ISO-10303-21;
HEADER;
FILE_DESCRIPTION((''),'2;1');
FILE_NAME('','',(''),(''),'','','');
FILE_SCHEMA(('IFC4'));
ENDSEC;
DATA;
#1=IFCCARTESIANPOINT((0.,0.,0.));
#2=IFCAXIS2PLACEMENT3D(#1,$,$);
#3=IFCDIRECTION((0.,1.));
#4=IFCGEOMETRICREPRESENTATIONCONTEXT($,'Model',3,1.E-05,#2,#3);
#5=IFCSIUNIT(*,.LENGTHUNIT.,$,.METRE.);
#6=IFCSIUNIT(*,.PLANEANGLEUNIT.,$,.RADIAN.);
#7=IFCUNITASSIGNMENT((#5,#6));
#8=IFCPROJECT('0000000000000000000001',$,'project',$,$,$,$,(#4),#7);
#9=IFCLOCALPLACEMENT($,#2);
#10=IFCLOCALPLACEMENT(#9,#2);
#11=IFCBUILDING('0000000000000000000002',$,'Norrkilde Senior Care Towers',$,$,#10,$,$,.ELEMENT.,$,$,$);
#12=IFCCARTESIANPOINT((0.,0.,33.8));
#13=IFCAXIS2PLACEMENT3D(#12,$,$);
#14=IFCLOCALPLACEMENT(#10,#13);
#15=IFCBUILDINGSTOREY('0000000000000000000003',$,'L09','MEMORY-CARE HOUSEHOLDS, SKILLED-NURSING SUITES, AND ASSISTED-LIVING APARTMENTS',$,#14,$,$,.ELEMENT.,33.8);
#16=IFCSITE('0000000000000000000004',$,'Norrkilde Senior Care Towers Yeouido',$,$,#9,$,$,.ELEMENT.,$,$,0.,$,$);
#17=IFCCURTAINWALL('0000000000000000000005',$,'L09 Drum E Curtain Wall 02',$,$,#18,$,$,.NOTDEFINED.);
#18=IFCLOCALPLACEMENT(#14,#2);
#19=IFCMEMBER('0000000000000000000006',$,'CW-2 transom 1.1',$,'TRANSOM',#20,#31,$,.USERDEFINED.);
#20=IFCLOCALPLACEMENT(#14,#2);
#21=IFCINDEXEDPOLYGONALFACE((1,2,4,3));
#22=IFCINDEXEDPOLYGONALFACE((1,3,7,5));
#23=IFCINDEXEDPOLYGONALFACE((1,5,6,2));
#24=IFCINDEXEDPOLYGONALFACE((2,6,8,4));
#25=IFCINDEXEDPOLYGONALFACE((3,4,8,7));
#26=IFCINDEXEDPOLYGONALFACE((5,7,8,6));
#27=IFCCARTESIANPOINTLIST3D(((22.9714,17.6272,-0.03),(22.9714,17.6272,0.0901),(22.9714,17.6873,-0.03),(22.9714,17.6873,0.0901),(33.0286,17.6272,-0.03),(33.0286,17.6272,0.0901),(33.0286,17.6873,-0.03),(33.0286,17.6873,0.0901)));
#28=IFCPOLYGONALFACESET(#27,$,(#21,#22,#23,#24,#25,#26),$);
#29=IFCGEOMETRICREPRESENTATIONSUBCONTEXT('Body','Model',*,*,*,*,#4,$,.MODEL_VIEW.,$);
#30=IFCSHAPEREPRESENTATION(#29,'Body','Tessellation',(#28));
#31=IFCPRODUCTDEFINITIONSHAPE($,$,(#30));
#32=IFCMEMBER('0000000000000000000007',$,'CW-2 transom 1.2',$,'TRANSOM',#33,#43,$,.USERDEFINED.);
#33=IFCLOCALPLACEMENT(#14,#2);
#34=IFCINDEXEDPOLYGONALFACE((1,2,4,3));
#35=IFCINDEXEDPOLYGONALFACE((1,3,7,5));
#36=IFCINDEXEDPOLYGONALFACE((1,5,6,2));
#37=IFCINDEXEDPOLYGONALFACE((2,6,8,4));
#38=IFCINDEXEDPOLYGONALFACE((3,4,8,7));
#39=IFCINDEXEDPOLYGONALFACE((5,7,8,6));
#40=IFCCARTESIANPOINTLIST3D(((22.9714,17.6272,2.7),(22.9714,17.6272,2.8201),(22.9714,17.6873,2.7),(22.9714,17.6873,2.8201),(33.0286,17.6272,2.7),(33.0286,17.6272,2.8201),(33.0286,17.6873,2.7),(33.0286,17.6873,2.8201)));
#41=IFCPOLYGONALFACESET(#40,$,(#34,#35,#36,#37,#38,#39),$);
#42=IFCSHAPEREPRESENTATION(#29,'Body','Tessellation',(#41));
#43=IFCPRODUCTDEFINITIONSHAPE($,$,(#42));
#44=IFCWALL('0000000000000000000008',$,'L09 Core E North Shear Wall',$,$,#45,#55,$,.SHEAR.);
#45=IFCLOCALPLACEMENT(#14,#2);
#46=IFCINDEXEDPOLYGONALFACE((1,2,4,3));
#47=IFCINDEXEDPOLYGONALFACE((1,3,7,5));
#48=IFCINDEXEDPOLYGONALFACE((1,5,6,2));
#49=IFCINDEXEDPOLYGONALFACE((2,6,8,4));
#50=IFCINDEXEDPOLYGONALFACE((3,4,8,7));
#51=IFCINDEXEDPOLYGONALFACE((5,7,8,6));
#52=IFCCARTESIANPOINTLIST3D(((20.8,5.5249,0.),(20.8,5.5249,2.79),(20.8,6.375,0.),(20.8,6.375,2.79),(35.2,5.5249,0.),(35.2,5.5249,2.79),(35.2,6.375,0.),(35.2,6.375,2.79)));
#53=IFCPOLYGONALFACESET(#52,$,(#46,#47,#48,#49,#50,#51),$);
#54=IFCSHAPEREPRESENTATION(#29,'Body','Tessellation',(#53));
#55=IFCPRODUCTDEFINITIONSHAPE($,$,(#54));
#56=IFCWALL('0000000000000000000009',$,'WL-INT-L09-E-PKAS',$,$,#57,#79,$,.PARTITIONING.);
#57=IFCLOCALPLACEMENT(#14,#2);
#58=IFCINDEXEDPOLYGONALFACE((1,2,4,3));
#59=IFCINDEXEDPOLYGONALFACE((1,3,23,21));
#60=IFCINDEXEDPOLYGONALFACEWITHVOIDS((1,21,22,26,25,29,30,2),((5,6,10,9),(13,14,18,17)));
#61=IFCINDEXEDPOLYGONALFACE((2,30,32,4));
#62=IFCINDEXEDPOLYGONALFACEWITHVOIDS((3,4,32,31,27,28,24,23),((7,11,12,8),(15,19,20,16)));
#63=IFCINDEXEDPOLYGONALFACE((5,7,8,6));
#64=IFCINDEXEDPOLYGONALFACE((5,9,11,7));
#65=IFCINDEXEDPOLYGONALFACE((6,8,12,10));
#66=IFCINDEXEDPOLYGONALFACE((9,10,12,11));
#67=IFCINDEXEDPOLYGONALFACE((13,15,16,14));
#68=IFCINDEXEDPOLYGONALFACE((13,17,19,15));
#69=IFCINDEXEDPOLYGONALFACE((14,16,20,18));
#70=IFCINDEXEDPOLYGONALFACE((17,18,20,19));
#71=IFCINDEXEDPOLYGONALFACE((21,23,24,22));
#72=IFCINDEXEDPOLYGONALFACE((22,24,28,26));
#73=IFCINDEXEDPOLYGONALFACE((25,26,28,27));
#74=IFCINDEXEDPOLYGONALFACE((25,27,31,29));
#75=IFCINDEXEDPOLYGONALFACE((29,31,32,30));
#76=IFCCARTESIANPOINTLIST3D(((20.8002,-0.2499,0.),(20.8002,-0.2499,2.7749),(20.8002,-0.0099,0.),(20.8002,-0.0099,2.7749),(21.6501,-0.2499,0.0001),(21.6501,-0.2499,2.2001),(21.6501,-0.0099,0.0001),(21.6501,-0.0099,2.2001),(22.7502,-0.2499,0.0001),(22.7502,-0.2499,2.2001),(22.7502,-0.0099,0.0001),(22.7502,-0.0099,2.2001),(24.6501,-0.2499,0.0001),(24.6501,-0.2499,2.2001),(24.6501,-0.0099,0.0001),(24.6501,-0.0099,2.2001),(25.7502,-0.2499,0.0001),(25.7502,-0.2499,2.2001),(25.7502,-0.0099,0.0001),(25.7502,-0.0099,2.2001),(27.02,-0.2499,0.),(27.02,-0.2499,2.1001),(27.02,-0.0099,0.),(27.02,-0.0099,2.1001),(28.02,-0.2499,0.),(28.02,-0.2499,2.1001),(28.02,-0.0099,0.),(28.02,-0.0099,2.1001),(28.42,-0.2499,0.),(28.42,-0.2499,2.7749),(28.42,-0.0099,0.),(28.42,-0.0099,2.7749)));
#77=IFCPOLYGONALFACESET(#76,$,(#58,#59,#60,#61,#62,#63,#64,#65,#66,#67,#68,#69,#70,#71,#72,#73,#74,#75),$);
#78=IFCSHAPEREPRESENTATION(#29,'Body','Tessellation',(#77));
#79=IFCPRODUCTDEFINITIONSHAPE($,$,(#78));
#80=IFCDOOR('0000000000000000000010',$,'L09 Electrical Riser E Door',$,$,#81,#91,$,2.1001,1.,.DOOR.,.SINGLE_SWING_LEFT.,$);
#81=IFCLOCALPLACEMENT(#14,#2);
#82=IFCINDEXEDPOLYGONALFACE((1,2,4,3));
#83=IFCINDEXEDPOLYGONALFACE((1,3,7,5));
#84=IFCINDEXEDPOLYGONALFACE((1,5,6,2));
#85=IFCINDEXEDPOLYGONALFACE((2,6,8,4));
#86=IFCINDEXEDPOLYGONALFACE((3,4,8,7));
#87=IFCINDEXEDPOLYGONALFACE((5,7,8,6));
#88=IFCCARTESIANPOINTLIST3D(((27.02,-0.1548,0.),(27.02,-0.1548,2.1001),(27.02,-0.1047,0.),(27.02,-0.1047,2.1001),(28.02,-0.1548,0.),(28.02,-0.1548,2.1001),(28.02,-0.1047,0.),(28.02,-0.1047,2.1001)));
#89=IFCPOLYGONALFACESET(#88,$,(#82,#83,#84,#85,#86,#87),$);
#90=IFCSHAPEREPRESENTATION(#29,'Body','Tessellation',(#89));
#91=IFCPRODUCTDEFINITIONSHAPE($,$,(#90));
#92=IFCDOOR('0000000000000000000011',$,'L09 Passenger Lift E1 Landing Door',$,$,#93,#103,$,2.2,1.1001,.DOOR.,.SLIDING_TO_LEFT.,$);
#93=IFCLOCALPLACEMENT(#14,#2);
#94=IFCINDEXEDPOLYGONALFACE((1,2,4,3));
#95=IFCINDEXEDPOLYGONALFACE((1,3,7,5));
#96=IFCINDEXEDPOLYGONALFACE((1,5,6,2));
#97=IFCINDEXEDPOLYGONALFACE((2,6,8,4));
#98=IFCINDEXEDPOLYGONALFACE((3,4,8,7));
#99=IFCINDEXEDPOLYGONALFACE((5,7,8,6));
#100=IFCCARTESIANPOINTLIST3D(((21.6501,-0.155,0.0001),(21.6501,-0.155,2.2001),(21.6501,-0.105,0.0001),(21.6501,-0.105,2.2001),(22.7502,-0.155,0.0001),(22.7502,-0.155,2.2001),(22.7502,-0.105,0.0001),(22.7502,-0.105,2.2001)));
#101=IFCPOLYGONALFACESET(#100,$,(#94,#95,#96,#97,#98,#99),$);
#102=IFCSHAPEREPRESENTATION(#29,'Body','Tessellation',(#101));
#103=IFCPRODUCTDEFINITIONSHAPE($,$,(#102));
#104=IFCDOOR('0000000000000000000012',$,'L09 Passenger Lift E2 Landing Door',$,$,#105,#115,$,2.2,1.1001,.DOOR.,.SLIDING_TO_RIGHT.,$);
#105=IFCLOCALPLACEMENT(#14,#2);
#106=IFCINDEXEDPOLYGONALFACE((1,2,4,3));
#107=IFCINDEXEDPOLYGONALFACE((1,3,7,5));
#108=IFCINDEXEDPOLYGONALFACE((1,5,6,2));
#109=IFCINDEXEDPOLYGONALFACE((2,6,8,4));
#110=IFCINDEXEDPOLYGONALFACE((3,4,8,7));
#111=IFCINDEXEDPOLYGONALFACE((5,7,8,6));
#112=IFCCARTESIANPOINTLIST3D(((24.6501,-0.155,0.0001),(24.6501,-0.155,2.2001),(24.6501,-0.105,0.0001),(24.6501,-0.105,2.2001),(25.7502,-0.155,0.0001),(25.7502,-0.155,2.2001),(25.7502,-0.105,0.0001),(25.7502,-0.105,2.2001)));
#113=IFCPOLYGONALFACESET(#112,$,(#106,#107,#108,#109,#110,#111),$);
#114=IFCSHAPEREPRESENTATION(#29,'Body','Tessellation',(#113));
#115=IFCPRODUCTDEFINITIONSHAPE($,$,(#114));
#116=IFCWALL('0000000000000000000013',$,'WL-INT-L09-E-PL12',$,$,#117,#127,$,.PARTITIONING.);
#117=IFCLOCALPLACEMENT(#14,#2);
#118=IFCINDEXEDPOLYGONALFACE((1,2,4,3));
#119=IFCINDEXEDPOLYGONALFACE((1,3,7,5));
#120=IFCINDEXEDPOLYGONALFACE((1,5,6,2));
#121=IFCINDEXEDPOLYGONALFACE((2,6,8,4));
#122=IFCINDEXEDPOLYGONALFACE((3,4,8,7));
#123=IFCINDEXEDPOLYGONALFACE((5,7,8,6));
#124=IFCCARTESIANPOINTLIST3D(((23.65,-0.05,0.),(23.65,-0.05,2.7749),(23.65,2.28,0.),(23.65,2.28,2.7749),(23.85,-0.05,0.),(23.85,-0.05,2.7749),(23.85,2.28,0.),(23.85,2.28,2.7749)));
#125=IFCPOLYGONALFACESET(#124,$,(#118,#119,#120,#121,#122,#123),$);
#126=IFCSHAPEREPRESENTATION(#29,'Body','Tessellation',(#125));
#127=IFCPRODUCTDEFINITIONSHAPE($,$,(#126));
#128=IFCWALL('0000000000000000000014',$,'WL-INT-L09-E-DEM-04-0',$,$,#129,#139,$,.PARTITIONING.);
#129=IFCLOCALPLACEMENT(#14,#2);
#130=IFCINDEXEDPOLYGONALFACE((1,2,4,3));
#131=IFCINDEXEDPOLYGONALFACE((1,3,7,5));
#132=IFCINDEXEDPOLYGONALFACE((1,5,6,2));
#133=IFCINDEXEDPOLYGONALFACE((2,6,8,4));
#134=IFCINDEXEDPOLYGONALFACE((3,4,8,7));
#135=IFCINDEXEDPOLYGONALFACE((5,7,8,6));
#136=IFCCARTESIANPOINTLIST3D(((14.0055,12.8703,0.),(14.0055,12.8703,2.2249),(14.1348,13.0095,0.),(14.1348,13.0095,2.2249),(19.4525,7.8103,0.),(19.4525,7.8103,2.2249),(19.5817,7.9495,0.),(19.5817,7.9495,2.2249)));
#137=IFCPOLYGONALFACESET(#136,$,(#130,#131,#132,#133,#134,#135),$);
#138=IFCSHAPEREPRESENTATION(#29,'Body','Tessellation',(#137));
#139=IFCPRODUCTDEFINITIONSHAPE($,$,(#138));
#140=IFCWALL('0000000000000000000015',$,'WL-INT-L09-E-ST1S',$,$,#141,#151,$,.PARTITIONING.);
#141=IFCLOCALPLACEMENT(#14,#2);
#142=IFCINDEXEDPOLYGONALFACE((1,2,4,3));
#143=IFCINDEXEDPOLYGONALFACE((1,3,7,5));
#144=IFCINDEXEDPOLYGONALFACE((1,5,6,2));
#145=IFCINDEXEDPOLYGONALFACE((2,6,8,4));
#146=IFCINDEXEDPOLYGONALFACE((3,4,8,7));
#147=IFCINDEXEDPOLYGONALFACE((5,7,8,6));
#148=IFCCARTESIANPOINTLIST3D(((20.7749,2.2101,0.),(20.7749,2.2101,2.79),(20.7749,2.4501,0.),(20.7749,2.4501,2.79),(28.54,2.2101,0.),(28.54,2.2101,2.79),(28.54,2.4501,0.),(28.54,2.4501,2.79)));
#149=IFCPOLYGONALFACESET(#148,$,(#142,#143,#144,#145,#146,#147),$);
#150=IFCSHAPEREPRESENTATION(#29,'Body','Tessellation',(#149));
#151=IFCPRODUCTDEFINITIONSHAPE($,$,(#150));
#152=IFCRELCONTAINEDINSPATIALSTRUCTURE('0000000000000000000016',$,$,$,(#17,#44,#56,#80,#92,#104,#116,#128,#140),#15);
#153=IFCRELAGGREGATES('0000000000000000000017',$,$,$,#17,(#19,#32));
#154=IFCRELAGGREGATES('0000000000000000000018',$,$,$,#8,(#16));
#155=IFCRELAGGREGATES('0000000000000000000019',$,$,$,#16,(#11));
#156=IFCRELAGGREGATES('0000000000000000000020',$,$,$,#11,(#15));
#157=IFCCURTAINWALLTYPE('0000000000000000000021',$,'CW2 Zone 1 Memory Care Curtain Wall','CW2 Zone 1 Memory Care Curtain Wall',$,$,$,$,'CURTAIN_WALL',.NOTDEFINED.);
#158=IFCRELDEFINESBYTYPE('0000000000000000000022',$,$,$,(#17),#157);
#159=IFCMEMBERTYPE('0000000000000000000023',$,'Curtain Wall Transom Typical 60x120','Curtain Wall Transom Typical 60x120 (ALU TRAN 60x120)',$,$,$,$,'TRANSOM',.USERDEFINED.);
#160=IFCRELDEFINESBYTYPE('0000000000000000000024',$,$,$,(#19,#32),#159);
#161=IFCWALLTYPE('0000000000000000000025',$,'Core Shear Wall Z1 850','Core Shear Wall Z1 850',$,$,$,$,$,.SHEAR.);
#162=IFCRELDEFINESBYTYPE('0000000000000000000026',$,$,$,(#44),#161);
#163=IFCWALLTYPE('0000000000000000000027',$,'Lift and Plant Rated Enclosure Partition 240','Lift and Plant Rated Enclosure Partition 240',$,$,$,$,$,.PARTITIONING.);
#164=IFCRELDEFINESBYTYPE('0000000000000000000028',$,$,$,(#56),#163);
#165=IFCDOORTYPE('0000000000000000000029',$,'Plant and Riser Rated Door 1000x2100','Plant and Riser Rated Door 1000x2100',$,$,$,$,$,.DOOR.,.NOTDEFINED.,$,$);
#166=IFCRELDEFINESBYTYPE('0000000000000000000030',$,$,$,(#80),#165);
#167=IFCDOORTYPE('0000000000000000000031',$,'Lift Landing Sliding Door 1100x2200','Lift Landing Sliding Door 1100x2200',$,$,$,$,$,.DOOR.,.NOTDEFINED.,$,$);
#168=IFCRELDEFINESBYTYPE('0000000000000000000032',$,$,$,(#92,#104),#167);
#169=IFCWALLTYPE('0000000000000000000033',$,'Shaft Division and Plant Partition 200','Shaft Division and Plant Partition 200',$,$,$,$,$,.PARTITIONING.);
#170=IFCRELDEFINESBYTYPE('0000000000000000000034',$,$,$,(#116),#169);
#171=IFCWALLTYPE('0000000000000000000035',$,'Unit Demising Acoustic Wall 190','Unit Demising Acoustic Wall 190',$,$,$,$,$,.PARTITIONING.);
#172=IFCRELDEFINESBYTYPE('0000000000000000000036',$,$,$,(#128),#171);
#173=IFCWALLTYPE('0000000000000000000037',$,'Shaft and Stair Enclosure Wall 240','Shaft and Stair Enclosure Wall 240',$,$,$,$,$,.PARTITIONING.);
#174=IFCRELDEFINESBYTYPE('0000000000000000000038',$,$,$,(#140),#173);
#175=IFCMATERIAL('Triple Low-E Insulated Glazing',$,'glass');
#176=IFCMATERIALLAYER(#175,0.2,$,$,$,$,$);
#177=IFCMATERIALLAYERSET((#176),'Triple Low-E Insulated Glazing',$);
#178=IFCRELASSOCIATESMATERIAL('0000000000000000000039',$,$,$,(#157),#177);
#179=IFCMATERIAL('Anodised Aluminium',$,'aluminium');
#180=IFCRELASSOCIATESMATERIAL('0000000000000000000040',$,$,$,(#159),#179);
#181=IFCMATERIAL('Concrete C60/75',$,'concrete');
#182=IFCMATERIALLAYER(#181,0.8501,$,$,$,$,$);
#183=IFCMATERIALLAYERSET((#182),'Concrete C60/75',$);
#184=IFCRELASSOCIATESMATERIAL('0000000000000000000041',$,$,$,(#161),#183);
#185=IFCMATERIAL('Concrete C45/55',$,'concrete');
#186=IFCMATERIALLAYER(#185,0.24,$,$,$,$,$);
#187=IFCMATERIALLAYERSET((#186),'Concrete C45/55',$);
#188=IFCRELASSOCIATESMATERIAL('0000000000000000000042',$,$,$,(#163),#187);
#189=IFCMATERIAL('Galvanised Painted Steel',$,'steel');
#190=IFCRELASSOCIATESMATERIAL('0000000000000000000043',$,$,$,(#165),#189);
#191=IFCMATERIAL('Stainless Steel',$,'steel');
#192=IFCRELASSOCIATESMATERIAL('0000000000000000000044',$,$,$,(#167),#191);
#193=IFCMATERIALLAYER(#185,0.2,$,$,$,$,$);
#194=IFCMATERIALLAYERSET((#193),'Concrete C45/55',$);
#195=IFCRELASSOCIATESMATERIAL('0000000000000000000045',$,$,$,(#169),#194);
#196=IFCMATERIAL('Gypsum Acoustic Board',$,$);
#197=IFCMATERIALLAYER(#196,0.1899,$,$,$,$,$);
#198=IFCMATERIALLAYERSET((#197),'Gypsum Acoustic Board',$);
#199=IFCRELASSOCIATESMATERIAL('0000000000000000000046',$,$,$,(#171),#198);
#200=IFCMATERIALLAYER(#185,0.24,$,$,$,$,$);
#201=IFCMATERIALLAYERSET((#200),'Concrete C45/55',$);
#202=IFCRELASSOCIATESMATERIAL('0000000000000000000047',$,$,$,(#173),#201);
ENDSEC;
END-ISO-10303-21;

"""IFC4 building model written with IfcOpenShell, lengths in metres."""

from ifc_helpers import new_model, si_unit, direction, frame, frame_2d, origin, origin_2d, place, context, subcontext, project, spatial, rectangle, extrude, source, transform, mapped, material, layer, layer_set, material_profile, profile_set, type_object, type_shapes, element, fill, aggregate, save


model = new_model("IFC4")

# Units and contexts
model_context = context("Model", 3, precision=1e-05, world=origin(), true_north=direction((0.0, 1.0)))
body_context = subcontext(model_context, "Body", "Model", "MODEL_VIEW")
ifc_project = project(units=[si_unit("LENGTHUNIT", "METRE"), si_unit("PLANEANGLEUNIT", "RADIAN")], contexts=[model_context])

# Site, building, storey
site_placement = place(None, origin())
site = spatial("IfcSite", under=ifc_project, at=site_placement, Name="Norrkilde Senior Care Towers Yeouido", CompositionType="ELEMENT", RefElevation=0.0)
building_placement = place(site_placement, origin())
building = spatial("IfcBuilding", under=site, at=building_placement, Name="Norrkilde Senior Care Towers", CompositionType="ELEMENT")
storey_placement = place(building_placement, frame((0.0, 0.0, 33.8)))
storey = spatial("IfcBuildingStorey", under=building, at=storey_placement, Name="L09", Description="MEMORY-CARE HOUSEHOLDS, SKILLED-NURSING SUITES, AND ASSISTED-LIVING APARTMENTS", CompositionType="ELEMENT", Elevation=33.8)

# Shared definitions
ifc_material_1 = material(Name="Concrete C60/75", Category="concrete")

# Curtain wall
ifc_material_2 = material(Name="Triple Low-E Insulated Glazing", Category="glass")
ifc_layer_1 = layer(ifc_material_2, 0.2)
ifc_layer_set_1 = layer_set([ifc_layer_1], Name="Triple Low-E Insulated Glazing")
curtain_wall_type = type_object("IfcCurtainWallType", Name="CW2 Zone 1 Memory Care Curtain Wall", Description="CW2 Zone 1 Memory Care Curtain Wall", ElementType="CURTAIN_WALL", PredefinedType="NOTDEFINED", material=ifc_layer_set_1)
curtain_wall_1_placement = place(storey_placement, origin())
curtain_wall_1 = element("IfcCurtainWall", 1, at=curtain_wall_1_placement, inside=storey, type_object=curtain_wall_type, Name="L09 Drum E Curtain Wall 02", PredefinedType="NOTDEFINED")
ifc_material_3 = material(Name="Anodised Aluminium", Category="aluminium")

# Members
ifc_material_profile_1 = material_profile(ifc_material_3, rectangle(XDim=0.0601, YDim=0.1201, at=origin_2d()), Name="ALU TRAN 60x120")
ifc_profile_set_1 = profile_set([ifc_material_profile_1], Name="Anodised Aluminium")
member_type_1 = type_object("IfcMemberType", Name="Curtain Wall Transom Typical 60x120", Description="Curtain Wall Transom Typical 60x120 (ALU TRAN 60x120)", ElementType="TRANSOM", PredefinedType="USERDEFINED", material=ifc_profile_set_1)
shared_shape_1 = source(origin(), body_context, "Body", "SweptSolid", [
    extrude(rectangle(XDim=0.0601, YDim=0.1201, at=origin_2d()), origin(), (0.0, 0.0, 1.0), 10.0571),
])
type_shapes(member_type_1, [shared_shape_1])
member_1_placement = place(storey_placement, frame((22.9714, 17.6572, 0.03), z_axis=(1.0, 0.0, 0.0), x_axis=(0.0, 1.0, 0.0)))
member_1 = element("IfcMember", 2, at=member_1_placement, type_object=member_type_1, Name="CW-2 transom 1.1", ObjectType="TRANSOM", PredefinedType="USERDEFINED", context=body_context, shape_type="MappedRepresentation", body=[
    mapped(shared_shape_1, transform((0.0, 0.0, 0.0), x_axis=(1.0, 0.0, 0.0), y_axis=(0.0, 1.0, 0.0), z_axis=(0.0, 0.0, 1.0), scale=1.0)),
])
member_2_placement = place(storey_placement, frame((22.9714, 17.6572, 2.76), z_axis=(1.0, 0.0, 0.0), x_axis=(0.0, 1.0, 0.0)))
member_2 = element("IfcMember", 3, at=member_2_placement, type_object=member_type_1, Name="CW-2 transom 1.2", ObjectType="TRANSOM", PredefinedType="USERDEFINED", context=body_context, shape_type="MappedRepresentation", body=[
    mapped(shared_shape_1, transform((0.0, 0.0, 0.0), x_axis=(1.0, 0.0, 0.0), y_axis=(0.0, 1.0, 0.0), z_axis=(0.0, 0.0, 1.0), scale=1.0)),
])
aggregate(curtain_wall_1, [member_1, member_2])

# Wall
ifc_layer_2 = layer(ifc_material_1, 0.8501)
ifc_layer_set_2 = layer_set([ifc_layer_2], Name="Concrete C60/75")
wall_type_1 = type_object("IfcWallType", Name="Core Shear Wall Z1 850", Description="Core Shear Wall Z1 850", PredefinedType="SHEAR", material=ifc_layer_set_2)
shared_shape_2 = source(origin(), body_context, "Body", "SweptSolid", [
    extrude(rectangle(XDim=14.3999, YDim=0.8501, at=frame_2d((7.2, 0.0))), origin(), (0.0, 0.0, 1.0), 2.79),
])
type_shapes(wall_type_1, [shared_shape_2])
wall_1_placement = place(storey_placement, frame((20.8, 5.95, 0.0), z_axis=(0.0, 0.0, 1.0), x_axis=(1.0, 0.0, 0.0)))
element("IfcWall", 4, at=wall_1_placement, inside=storey, type_object=wall_type_1, Name="L09 Core E North Shear Wall", PredefinedType="SHEAR", context=body_context, shape_type="MappedRepresentation", body=[
    mapped(shared_shape_2, transform((0.0, 0.0, 0.0), x_axis=(1.0, 0.0, 0.0), y_axis=(0.0, 1.0, 0.0), z_axis=(0.0, 0.0, 1.0), scale=1.0)),
])

# Wall, openings, doors
ifc_material_4 = material(Name="Concrete C45/55", Category="concrete")
ifc_layer_3 = layer(ifc_material_4, 0.24)
ifc_layer_set_3 = layer_set([ifc_layer_3], Name="Concrete C45/55")
wall_type_2 = type_object("IfcWallType", Name="Lift and Plant Rated Enclosure Partition 240", Description="Lift and Plant Rated Enclosure Partition 240", PredefinedType="PARTITIONING", material=ifc_layer_set_3)
shared_shape_3 = source(origin(), body_context, "Body", "SweptSolid", [
    extrude(rectangle(XDim=7.6199, YDim=0.24, at=frame_2d((3.8101, 0.0))), origin(), (0.0, 0.0, 1.0), 2.7749),
])
type_shapes(wall_type_2, [shared_shape_3])
wall_2_placement = place(storey_placement, frame((20.8, -0.1299, 0.0), z_axis=(0.0, 0.0, 1.0), x_axis=(1.0, 0.0, 0.0)))
wall_2 = element("IfcWall", 5, at=wall_2_placement, inside=storey, type_object=wall_type_2, Name="WL-INT-L09-E-PKAS", PredefinedType="PARTITIONING", context=body_context, shape_type="MappedRepresentation", body=[
    mapped(shared_shape_3, transform((0.0, 0.0, 0.0), x_axis=(1.0, 0.0, 0.0), y_axis=(0.0, 1.0, 0.0), z_axis=(0.0, 0.0, 1.0), scale=1.0)),
])
opening_1_placement = place(wall_2_placement, frame((6.22, 0.0, 0.0)))
opening_1 = element("IfcOpeningElement", 6, at=opening_1_placement, cuts=wall_2, PredefinedType="OPENING", context=body_context, shape_type="SweptSolid", body=[
    extrude(rectangle(XDim=1.0, YDim=2.1001, at=frame_2d((0.5, 1.05))), frame((0.0, 0.1299, 0.0), z_axis=(0.0, -1.0, 0.0), x_axis=(1.0, 0.0, 0.0)), (0.0, 0.0, 1.0), 0.26),
])
opening_2_placement = place(wall_2_placement, frame((0.8501, 0.0, 0.0)))
opening_2 = element("IfcOpeningElement", 7, at=opening_2_placement, cuts=wall_2, PredefinedType="OPENING", context=body_context, shape_type="SweptSolid", body=[
    extrude(rectangle(XDim=1.1001, YDim=2.2, at=frame_2d((0.55, 1.1001))), frame((0.0, 0.1299, 0.0), z_axis=(0.0, -1.0, 0.0), x_axis=(1.0, 0.0, 0.0)), (0.0, 0.0, 1.0), 0.26),
])
opening_3_placement = place(wall_2_placement, frame((3.8501, 0.0, 0.0)))
opening_3 = element("IfcOpeningElement", 8, at=opening_3_placement, cuts=wall_2, PredefinedType="OPENING", context=body_context, shape_type="SweptSolid", body=[
    extrude(rectangle(XDim=1.1001, YDim=2.2, at=frame_2d((0.55, 1.1001))), frame((0.0, 0.1299, 0.0), z_axis=(0.0, -1.0, 0.0), x_axis=(1.0, 0.0, 0.0)), (0.0, 0.0, 1.0), 0.26),
])
ifc_material_5 = material(Name="Galvanised Painted Steel", Category="steel")
door_type_1 = type_object("IfcDoorType", Name="Plant and Riser Rated Door 1000x2100", Description="Plant and Riser Rated Door 1000x2100", OperationType="NOTDEFINED", PredefinedType="DOOR", material=ifc_material_5)
shared_shape_4 = source(origin(), body_context, "Body", "SweptSolid", [
    extrude(rectangle(XDim=1.0, YDim=2.1001, at=frame_2d((0.5, 1.05))), frame((0.0, 0.0249, 0.0), z_axis=(0.0, -1.0, 0.0), x_axis=(1.0, 0.0, 0.0)), (0.0, 0.0, 1.0), 0.05),
])
type_shapes(door_type_1, [shared_shape_4])
door_1_placement = place(opening_1_placement, frame((1.0, 0.0, 0.0), z_axis=(0.0, 0.0, 1.0), x_axis=(-1.0, 0.0, 0.0)))
door_1 = element("IfcDoor", 9, at=door_1_placement, inside=storey, type_object=door_type_1, Name="L09 Electrical Riser E Door", OperationType="SINGLE_SWING_LEFT", OverallHeight=2.1001, OverallWidth=1.0, PredefinedType="DOOR", context=body_context, shape_type="MappedRepresentation", body=[
    mapped(shared_shape_4, transform((0.0, 0.0, 0.0), x_axis=(1.0, 0.0, 0.0), y_axis=(0.0, 1.0, 0.0), z_axis=(0.0, 0.0, 1.0), scale=1.0)),
])
fill(opening_1, door_1)
ifc_material_6 = material(Name="Stainless Steel", Category="steel")
door_type_2 = type_object("IfcDoorType", Name="Lift Landing Sliding Door 1100x2200", Description="Lift Landing Sliding Door 1100x2200", OperationType="NOTDEFINED", PredefinedType="DOOR", material=ifc_material_6)
shared_shape_5 = source(origin(), body_context, "Body", "SweptSolid", [
    extrude(rectangle(XDim=1.1001, YDim=2.2, at=frame_2d((0.55, 1.1001))), frame((0.0, 0.0249, 0.0), z_axis=(0.0, -1.0, 0.0), x_axis=(1.0, 0.0, 0.0)), (0.0, 0.0, 1.0), 0.05),
])
type_shapes(door_type_2, [shared_shape_5])
door_2_placement = place(opening_2_placement, origin())
door_2 = element("IfcDoor", 10, at=door_2_placement, inside=storey, type_object=door_type_2, Name="L09 Passenger Lift E1 Landing Door", OperationType="SLIDING_TO_LEFT", OverallHeight=2.2, OverallWidth=1.1001, PredefinedType="DOOR", context=body_context, shape_type="MappedRepresentation", body=[
    mapped(shared_shape_5, transform((0.0, 0.0, 0.0), x_axis=(1.0, 0.0, 0.0), y_axis=(0.0, 1.0, 0.0), z_axis=(0.0, 0.0, 1.0), scale=1.0)),
])
fill(opening_2, door_2)
door_3_placement = place(opening_3_placement, origin())
door_3 = element("IfcDoor", 11, at=door_3_placement, inside=storey, type_object=door_type_2, Name="L09 Passenger Lift E2 Landing Door", OperationType="SLIDING_TO_RIGHT", OverallHeight=2.2, OverallWidth=1.1001, PredefinedType="DOOR", context=body_context, shape_type="MappedRepresentation", body=[
    mapped(shared_shape_5, transform((0.0, 0.0, 0.0), x_axis=(1.0, 0.0, 0.0), y_axis=(0.0, 1.0, 0.0), z_axis=(0.0, 0.0, 1.0), scale=1.0)),
])
fill(opening_3, door_3)

# Walls
ifc_layer_4 = layer(ifc_material_4, 0.2)
ifc_layer_set_4 = layer_set([ifc_layer_4], Name="Concrete C45/55")
wall_type_3 = type_object("IfcWallType", Name="Shaft Division and Plant Partition 200", Description="Shaft Division and Plant Partition 200", PredefinedType="PARTITIONING", material=ifc_layer_set_4)
shared_shape_6 = source(origin(), body_context, "Body", "SweptSolid", [
    extrude(rectangle(XDim=2.3301, YDim=0.2, at=frame_2d((1.165, 0.0))), origin(), (0.0, 0.0, 1.0), 2.7749),
])
type_shapes(wall_type_3, [shared_shape_6])
wall_3_placement = place(storey_placement, frame((23.75, -0.05, 0.0), z_axis=(0.0, 0.0, 1.0), x_axis=(0.0, 1.0, 0.0)))
element("IfcWall", 12, at=wall_3_placement, inside=storey, type_object=wall_type_3, Name="WL-INT-L09-E-PL12", PredefinedType="PARTITIONING", context=body_context, shape_type="MappedRepresentation", body=[
    mapped(shared_shape_6, transform((0.0, 0.0, 0.0), x_axis=(1.0, 0.0, 0.0), y_axis=(0.0, 1.0, 0.0), z_axis=(0.0, 0.0, 1.0), scale=1.0)),
])
ifc_material_7 = material(Name="Gypsum Acoustic Board")
ifc_layer_5 = layer(ifc_material_7, 0.1899)
ifc_layer_set_5 = layer_set([ifc_layer_5], Name="Gypsum Acoustic Board")
wall_type_4 = type_object("IfcWallType", Name="Unit Demising Acoustic Wall 190", Description="Unit Demising Acoustic Wall 190", PredefinedType="PARTITIONING", material=ifc_layer_set_5)
shared_shape_7 = source(origin(), body_context, "Body", "SweptSolid", [
    extrude(rectangle(XDim=7.4346, YDim=0.1899, at=frame_2d((3.7173, 0.0))), origin(), (0.0, 0.0, 1.0), 2.2249),
])
type_shapes(wall_type_4, [shared_shape_7])
wall_4_placement = place(storey_placement, frame((19.5171, 7.8799, 0.0), z_axis=(0.0, 0.0, 1.0), x_axis=(-0.732652, 0.680603, 0.0)))
element("IfcWall", 13, at=wall_4_placement, inside=storey, type_object=wall_type_4, Name="WL-INT-L09-E-DEM-04-0", PredefinedType="PARTITIONING", context=body_context, shape_type="MappedRepresentation", body=[
    mapped(shared_shape_7, transform((0.0, 0.0, 0.0), x_axis=(1.0, 0.0, 0.0), y_axis=(0.0, 1.0, 0.0), z_axis=(0.0, 0.0, 1.0), scale=1.0)),
])
ifc_layer_6 = layer(ifc_material_4, 0.24)
ifc_layer_set_6 = layer_set([ifc_layer_6], Name="Concrete C45/55")
wall_type_5 = type_object("IfcWallType", Name="Shaft and Stair Enclosure Wall 240", Description="Shaft and Stair Enclosure Wall 240", PredefinedType="PARTITIONING", material=ifc_layer_set_6)
shared_shape_8 = source(origin(), body_context, "Body", "SweptSolid", [
    extrude(rectangle(XDim=7.7651, YDim=0.24, at=frame_2d((3.8826, 0.0))), origin(), (0.0, 0.0, 1.0), 2.79),
])
wall_5_placement = place(storey_placement, frame((20.7749, 2.3301, 0.0), z_axis=(0.0, 0.0, 1.0), x_axis=(1.0, 0.0, 0.0)))
element("IfcWall", 14, at=wall_5_placement, inside=storey, type_object=wall_type_5, Name="WL-INT-L09-E-ST1S", PredefinedType="PARTITIONING", context=body_context, shape_type="MappedRepresentation", body=[
    mapped(shared_shape_8, transform((0.0, 0.0, 0.0), x_axis=(1.0, 0.0, 0.0), y_axis=(0.0, 1.0, 0.0), z_axis=(0.0, 0.0, 1.0), scale=1.0)),
])

save(model, "model.ifc")
